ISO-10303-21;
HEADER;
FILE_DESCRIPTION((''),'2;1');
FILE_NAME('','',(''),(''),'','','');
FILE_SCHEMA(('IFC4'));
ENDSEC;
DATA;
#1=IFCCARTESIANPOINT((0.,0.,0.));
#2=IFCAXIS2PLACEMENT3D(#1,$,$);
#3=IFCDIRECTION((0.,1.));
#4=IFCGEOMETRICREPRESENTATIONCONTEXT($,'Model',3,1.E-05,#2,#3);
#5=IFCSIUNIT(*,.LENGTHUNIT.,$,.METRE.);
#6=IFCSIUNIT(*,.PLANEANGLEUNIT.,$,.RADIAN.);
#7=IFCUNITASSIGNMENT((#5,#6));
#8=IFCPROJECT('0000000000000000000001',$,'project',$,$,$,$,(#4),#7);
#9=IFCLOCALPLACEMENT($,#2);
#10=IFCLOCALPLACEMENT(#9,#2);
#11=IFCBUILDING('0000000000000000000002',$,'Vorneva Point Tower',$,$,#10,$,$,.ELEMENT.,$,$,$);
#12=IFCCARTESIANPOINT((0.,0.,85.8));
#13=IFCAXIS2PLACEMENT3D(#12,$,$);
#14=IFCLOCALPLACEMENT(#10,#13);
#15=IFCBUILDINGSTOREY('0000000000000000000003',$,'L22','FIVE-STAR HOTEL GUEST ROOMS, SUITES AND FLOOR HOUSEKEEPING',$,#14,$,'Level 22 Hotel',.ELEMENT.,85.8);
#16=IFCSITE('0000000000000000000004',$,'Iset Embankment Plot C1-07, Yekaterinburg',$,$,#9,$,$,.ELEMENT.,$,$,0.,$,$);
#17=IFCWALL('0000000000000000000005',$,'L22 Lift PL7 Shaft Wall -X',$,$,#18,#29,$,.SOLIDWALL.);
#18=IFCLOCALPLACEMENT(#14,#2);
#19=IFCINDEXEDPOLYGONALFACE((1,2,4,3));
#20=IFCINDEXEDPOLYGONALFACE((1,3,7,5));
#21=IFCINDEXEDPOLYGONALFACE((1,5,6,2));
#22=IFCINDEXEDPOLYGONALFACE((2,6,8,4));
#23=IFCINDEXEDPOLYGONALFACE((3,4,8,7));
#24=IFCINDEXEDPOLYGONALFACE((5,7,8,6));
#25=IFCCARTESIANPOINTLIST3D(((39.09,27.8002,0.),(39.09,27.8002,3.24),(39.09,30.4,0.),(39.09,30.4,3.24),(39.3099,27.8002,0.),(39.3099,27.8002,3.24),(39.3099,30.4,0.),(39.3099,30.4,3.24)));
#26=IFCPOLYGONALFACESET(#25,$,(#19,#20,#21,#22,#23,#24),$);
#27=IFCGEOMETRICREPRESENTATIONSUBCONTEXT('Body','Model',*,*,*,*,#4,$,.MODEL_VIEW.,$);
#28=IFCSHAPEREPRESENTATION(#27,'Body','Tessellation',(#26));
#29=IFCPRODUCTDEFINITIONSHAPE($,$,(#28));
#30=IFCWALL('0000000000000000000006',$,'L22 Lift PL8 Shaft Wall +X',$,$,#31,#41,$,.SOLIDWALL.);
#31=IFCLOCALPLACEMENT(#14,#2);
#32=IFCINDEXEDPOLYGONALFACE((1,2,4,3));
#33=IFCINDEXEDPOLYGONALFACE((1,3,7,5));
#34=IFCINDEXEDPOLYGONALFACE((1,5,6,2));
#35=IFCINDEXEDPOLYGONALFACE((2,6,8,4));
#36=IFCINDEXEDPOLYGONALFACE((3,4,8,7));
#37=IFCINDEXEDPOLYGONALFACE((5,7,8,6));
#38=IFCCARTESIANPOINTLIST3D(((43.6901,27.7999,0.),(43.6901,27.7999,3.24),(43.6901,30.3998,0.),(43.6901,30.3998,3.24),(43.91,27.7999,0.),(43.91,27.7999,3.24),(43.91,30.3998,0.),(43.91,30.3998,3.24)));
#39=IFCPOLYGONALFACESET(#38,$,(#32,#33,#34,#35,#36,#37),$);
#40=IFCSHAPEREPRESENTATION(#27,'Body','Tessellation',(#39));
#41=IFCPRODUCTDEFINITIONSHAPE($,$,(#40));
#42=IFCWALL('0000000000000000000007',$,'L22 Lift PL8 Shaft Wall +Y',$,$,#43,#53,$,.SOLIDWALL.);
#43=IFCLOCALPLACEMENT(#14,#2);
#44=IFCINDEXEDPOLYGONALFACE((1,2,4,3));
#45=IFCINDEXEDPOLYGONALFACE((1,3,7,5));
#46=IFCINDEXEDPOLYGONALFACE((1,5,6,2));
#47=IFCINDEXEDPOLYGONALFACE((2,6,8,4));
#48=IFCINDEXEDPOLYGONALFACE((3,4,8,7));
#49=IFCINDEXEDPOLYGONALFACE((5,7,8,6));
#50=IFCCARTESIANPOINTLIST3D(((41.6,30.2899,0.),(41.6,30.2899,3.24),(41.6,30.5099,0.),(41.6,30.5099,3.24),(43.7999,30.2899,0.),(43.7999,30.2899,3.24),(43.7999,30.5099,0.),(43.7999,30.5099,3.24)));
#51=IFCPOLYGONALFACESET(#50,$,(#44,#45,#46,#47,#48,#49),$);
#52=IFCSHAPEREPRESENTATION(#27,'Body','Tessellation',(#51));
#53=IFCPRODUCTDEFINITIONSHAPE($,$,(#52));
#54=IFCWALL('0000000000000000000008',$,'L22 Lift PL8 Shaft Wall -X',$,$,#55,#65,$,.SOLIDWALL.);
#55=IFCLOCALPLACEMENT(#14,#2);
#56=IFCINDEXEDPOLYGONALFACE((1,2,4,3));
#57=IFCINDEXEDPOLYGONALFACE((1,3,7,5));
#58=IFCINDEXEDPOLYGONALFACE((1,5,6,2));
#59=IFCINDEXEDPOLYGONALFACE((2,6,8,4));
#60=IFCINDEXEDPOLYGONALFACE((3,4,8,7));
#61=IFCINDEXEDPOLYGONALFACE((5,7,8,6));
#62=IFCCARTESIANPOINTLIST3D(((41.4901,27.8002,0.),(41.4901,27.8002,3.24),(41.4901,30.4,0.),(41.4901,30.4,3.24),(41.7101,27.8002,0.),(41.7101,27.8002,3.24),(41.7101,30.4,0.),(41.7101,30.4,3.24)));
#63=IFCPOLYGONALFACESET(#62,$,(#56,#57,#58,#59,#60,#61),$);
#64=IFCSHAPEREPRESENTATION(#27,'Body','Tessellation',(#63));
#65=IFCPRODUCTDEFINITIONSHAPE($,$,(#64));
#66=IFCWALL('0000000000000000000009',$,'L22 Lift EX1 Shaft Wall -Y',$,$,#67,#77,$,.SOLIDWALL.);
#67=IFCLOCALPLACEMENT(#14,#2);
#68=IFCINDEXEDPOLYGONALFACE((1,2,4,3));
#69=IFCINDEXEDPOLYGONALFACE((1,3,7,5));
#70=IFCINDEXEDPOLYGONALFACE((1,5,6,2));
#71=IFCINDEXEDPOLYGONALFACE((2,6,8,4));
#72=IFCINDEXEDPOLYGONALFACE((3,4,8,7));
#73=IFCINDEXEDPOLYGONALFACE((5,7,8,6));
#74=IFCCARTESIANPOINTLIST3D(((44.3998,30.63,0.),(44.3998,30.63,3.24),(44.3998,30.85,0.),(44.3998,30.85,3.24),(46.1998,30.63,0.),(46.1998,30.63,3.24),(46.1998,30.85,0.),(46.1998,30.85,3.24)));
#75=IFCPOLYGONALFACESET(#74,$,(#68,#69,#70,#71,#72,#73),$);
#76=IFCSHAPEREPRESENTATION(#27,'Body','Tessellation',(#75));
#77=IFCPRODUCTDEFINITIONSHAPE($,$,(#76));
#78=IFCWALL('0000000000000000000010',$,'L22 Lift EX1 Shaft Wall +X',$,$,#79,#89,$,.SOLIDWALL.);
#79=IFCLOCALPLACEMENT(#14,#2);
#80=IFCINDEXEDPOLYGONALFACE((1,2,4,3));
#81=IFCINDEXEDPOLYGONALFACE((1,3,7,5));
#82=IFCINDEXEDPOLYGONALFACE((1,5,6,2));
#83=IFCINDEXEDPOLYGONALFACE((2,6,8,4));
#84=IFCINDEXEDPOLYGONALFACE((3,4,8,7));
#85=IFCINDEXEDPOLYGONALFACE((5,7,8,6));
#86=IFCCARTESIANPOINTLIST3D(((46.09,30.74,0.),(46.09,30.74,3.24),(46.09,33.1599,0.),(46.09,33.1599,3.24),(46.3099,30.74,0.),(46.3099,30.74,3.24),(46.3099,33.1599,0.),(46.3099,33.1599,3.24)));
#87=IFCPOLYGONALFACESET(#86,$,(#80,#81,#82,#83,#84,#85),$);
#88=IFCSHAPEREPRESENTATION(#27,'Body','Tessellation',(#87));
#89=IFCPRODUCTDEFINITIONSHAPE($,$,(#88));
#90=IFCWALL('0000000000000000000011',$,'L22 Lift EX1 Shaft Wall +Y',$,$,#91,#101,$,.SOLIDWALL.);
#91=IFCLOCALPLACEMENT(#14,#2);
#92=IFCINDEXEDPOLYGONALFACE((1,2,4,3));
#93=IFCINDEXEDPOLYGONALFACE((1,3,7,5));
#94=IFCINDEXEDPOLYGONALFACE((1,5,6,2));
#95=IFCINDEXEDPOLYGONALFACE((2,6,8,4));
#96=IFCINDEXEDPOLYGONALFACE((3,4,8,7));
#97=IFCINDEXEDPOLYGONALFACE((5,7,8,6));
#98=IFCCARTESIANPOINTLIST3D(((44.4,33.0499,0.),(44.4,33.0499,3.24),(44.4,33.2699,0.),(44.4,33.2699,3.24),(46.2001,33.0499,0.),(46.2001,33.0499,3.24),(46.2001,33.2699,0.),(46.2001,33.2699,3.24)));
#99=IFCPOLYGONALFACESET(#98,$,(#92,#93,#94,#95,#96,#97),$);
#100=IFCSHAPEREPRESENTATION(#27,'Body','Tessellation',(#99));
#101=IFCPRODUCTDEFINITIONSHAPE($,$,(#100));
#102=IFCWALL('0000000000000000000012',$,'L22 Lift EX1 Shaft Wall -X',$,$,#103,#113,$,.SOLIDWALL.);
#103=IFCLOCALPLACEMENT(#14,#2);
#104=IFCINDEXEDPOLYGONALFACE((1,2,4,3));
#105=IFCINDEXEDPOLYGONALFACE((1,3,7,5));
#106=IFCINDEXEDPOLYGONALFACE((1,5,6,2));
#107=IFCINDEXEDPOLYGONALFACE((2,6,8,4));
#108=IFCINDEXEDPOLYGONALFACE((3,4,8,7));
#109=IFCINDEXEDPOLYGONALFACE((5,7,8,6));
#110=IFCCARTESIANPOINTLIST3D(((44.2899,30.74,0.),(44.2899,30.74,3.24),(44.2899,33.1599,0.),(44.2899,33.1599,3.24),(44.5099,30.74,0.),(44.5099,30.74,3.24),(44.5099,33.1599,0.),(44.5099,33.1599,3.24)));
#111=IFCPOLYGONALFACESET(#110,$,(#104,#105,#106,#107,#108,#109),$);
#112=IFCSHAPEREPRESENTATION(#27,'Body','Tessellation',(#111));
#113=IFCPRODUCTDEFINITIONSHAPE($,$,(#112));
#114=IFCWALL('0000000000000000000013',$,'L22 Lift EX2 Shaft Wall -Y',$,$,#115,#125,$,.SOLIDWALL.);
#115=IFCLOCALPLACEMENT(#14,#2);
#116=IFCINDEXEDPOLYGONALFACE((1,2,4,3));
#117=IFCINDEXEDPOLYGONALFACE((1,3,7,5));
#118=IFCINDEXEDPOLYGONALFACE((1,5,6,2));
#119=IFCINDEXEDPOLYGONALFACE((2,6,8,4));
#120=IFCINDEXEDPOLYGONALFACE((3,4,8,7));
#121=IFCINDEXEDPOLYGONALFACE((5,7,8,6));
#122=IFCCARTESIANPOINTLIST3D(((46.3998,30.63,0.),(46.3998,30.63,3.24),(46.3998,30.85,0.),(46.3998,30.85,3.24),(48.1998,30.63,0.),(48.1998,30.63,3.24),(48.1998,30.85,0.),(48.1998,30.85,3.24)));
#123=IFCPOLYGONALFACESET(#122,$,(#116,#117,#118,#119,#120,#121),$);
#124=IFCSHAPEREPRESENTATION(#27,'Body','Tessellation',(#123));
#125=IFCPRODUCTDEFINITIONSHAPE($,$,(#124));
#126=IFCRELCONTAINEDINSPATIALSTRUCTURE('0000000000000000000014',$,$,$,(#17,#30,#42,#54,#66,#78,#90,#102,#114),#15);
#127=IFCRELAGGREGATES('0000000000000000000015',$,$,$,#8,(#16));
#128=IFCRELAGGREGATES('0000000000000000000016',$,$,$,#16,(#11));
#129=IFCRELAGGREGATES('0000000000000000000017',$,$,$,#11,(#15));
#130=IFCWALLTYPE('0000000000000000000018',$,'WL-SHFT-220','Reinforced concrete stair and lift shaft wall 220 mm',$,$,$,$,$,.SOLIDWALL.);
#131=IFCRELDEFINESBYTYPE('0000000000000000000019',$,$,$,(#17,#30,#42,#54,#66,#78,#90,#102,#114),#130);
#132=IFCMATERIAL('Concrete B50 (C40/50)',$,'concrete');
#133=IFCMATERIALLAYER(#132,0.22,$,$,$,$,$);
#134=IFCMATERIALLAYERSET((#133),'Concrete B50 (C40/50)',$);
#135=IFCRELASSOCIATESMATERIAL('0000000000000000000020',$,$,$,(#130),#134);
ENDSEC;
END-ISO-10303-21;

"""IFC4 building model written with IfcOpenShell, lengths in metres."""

from ifc_helpers import new_model, si_unit, direction, frame, frame_2d, origin, place, context, subcontext, project, spatial, rectangle, extrude, material, layer, layer_set, type_object, element, save


model = new_model("IFC4")

# Units and contexts
model_context = context("Model", 3, precision=1e-05, world=origin(), true_north=direction((0.0, 1.0)))
body_context = subcontext(model_context, "Body", "Model", "MODEL_VIEW")
ifc_project = project(units=[si_unit("LENGTHUNIT", "METRE"), si_unit("PLANEANGLEUNIT", "RADIAN")], contexts=[model_context])

# Site, building, storey
site_placement = place(None, origin())
site = spatial("IfcSite", under=ifc_project, at=site_placement, Name="Iset Embankment Plot C1-07, Yekaterinburg", CompositionType="ELEMENT", RefElevation=0.0)
building_placement = place(site_placement, origin())
building = spatial("IfcBuilding", under=site, at=building_placement, Name="Vorneva Point Tower", CompositionType="ELEMENT")
storey_placement = place(building_placement, frame((0.0, 0.0, 85.8)))
storey = spatial("IfcBuildingStorey", under=building, at=storey_placement, Name="L22", Description="FIVE-STAR HOTEL GUEST ROOMS, SUITES AND FLOOR HOUSEKEEPING", LongName="Level 22 Hotel", CompositionType="ELEMENT", Elevation=85.8)

# Walls
ifc_material_1 = material(Name="Concrete B50 (C40/50)", Category="concrete")
ifc_layer_1 = layer(ifc_material_1, 0.22)
ifc_layer_set_1 = layer_set([ifc_layer_1], Name="Concrete B50 (C40/50)")
wall_type_1 = type_object("IfcWallType", Name="WL-SHFT-220", Description="Reinforced concrete stair and lift shaft wall 220 mm", PredefinedType="SOLIDWALL", material=ifc_layer_set_1)
for number, where, z_axis, x_axis, name in (
    (1, (39.2, 30.3999, 0.0), (0.0, 0.0, 1.0), (0.0, -1.0, 0.0), "L22 Lift PL7 Shaft Wall -X"),
    (2, (43.8, 27.8, 0.0), (0.0, 0.0, 1.0), (0.0, 1.0, 0.0), "L22 Lift PL8 Shaft Wall +X"),
):
    element("IfcWall", number, at=place(storey_placement, frame(where, z_axis=z_axis, x_axis=x_axis)), inside=storey, type_object=wall_type_1, Name=name, PredefinedType="SOLIDWALL", context=body_context, shape_type="SweptSolid", body=[
        extrude(rectangle(XDim=2.5999, YDim=0.22, at=frame_2d((1.2998, 0.0))), origin(), (0.0, 0.0, 1.0), 3.24),
    ])
wall_1_placement = place(storey_placement, frame((43.8, 30.3999, 0.0), z_axis=(0.0, 0.0, 1.0), x_axis=(-1.0, 0.0, 0.0)))
element("IfcWall", 3, at=wall_1_placement, inside=storey, type_object=wall_type_1, Name="L22 Lift PL8 Shaft Wall +Y", PredefinedType="SOLIDWALL", context=body_context, shape_type="SweptSolid", body=[
    extrude(rectangle(XDim=2.2, YDim=0.22, at=frame_2d((1.1001, 0.0))), origin(), (0.0, 0.0, 1.0), 3.24),
])
wall_2_placement = place(storey_placement, frame((41.6001, 30.3999, 0.0), z_axis=(0.0, 0.0, 1.0), x_axis=(0.0, -1.0, 0.0)))
element("IfcWall", 4, at=wall_2_placement, inside=storey, type_object=wall_type_1, Name="L22 Lift PL8 Shaft Wall -X", PredefinedType="SOLIDWALL", context=body_context, shape_type="SweptSolid", body=[
    extrude(rectangle(XDim=2.5999, YDim=0.22, at=frame_2d((1.2998, 0.0))), origin(), (0.0, 0.0, 1.0), 3.24),
])
wall_3_placement = place(storey_placement, frame((44.3999, 30.74, 0.0), z_axis=(0.0, 0.0, 1.0), x_axis=(1.0, 0.0, 0.0)))
element("IfcWall", 5, at=wall_3_placement, inside=storey, type_object=wall_type_1, Name="L22 Lift EX1 Shaft Wall -Y", PredefinedType="SOLIDWALL", context=body_context, shape_type="SweptSolid", body=[
    extrude(rectangle(XDim=1.8, YDim=0.22, at=frame_2d((0.8999, 0.0))), origin(), (0.0, 0.0, 1.0), 3.24),
])
wall_4_placement = place(storey_placement, frame((46.2, 30.74, 0.0), z_axis=(0.0, 0.0, 1.0), x_axis=(0.0, 1.0, 0.0)))
element("IfcWall", 6, at=wall_4_placement, inside=storey, type_object=wall_type_1, Name="L22 Lift EX1 Shaft Wall +X", PredefinedType="SOLIDWALL", context=body_context, shape_type="SweptSolid", body=[
    extrude(rectangle(XDim=2.4199, YDim=0.22, at=frame_2d((1.21, 0.0))), origin(), (0.0, 0.0, 1.0), 3.24),
])
wall_5_placement = place(storey_placement, frame((46.2, 33.1599, 0.0), z_axis=(0.0, 0.0, 1.0), x_axis=(-1.0, 0.0, 0.0)))
element("IfcWall", 7, at=wall_5_placement, inside=storey, type_object=wall_type_1, Name="L22 Lift EX1 Shaft Wall +Y", PredefinedType="SOLIDWALL", context=body_context, shape_type="SweptSolid", body=[
    extrude(rectangle(XDim=1.8, YDim=0.22, at=frame_2d((0.8999, 0.0))), origin(), (0.0, 0.0, 1.0), 3.24),
])
wall_6_placement = place(storey_placement, frame((44.3999, 33.1599, 0.0), z_axis=(0.0, 0.0, 1.0), x_axis=(0.0, -1.0, 0.0)))
element("IfcWall", 8, at=wall_6_placement, inside=storey, type_object=wall_type_1, Name="L22 Lift EX1 Shaft Wall -X", PredefinedType="SOLIDWALL", context=body_context, shape_type="SweptSolid", body=[
    extrude(rectangle(XDim=2.4199, YDim=0.22, at=frame_2d((1.21, 0.0))), origin(), (0.0, 0.0, 1.0), 3.24),
])
wall_7_placement = place(storey_placement, frame((46.3999, 30.74, 0.0), z_axis=(0.0, 0.0, 1.0), x_axis=(1.0, 0.0, 0.0)))
element("IfcWall", 9, at=wall_7_placement, inside=storey, type_object=wall_type_1, Name="L22 Lift EX2 Shaft Wall -Y", PredefinedType="SOLIDWALL", context=body_context, shape_type="SweptSolid", body=[
    extrude(rectangle(XDim=1.8, YDim=0.22, at=frame_2d((0.8999, 0.0))), origin(), (0.0, 0.0, 1.0), 3.24),
])

save(model, "model.ifc")
